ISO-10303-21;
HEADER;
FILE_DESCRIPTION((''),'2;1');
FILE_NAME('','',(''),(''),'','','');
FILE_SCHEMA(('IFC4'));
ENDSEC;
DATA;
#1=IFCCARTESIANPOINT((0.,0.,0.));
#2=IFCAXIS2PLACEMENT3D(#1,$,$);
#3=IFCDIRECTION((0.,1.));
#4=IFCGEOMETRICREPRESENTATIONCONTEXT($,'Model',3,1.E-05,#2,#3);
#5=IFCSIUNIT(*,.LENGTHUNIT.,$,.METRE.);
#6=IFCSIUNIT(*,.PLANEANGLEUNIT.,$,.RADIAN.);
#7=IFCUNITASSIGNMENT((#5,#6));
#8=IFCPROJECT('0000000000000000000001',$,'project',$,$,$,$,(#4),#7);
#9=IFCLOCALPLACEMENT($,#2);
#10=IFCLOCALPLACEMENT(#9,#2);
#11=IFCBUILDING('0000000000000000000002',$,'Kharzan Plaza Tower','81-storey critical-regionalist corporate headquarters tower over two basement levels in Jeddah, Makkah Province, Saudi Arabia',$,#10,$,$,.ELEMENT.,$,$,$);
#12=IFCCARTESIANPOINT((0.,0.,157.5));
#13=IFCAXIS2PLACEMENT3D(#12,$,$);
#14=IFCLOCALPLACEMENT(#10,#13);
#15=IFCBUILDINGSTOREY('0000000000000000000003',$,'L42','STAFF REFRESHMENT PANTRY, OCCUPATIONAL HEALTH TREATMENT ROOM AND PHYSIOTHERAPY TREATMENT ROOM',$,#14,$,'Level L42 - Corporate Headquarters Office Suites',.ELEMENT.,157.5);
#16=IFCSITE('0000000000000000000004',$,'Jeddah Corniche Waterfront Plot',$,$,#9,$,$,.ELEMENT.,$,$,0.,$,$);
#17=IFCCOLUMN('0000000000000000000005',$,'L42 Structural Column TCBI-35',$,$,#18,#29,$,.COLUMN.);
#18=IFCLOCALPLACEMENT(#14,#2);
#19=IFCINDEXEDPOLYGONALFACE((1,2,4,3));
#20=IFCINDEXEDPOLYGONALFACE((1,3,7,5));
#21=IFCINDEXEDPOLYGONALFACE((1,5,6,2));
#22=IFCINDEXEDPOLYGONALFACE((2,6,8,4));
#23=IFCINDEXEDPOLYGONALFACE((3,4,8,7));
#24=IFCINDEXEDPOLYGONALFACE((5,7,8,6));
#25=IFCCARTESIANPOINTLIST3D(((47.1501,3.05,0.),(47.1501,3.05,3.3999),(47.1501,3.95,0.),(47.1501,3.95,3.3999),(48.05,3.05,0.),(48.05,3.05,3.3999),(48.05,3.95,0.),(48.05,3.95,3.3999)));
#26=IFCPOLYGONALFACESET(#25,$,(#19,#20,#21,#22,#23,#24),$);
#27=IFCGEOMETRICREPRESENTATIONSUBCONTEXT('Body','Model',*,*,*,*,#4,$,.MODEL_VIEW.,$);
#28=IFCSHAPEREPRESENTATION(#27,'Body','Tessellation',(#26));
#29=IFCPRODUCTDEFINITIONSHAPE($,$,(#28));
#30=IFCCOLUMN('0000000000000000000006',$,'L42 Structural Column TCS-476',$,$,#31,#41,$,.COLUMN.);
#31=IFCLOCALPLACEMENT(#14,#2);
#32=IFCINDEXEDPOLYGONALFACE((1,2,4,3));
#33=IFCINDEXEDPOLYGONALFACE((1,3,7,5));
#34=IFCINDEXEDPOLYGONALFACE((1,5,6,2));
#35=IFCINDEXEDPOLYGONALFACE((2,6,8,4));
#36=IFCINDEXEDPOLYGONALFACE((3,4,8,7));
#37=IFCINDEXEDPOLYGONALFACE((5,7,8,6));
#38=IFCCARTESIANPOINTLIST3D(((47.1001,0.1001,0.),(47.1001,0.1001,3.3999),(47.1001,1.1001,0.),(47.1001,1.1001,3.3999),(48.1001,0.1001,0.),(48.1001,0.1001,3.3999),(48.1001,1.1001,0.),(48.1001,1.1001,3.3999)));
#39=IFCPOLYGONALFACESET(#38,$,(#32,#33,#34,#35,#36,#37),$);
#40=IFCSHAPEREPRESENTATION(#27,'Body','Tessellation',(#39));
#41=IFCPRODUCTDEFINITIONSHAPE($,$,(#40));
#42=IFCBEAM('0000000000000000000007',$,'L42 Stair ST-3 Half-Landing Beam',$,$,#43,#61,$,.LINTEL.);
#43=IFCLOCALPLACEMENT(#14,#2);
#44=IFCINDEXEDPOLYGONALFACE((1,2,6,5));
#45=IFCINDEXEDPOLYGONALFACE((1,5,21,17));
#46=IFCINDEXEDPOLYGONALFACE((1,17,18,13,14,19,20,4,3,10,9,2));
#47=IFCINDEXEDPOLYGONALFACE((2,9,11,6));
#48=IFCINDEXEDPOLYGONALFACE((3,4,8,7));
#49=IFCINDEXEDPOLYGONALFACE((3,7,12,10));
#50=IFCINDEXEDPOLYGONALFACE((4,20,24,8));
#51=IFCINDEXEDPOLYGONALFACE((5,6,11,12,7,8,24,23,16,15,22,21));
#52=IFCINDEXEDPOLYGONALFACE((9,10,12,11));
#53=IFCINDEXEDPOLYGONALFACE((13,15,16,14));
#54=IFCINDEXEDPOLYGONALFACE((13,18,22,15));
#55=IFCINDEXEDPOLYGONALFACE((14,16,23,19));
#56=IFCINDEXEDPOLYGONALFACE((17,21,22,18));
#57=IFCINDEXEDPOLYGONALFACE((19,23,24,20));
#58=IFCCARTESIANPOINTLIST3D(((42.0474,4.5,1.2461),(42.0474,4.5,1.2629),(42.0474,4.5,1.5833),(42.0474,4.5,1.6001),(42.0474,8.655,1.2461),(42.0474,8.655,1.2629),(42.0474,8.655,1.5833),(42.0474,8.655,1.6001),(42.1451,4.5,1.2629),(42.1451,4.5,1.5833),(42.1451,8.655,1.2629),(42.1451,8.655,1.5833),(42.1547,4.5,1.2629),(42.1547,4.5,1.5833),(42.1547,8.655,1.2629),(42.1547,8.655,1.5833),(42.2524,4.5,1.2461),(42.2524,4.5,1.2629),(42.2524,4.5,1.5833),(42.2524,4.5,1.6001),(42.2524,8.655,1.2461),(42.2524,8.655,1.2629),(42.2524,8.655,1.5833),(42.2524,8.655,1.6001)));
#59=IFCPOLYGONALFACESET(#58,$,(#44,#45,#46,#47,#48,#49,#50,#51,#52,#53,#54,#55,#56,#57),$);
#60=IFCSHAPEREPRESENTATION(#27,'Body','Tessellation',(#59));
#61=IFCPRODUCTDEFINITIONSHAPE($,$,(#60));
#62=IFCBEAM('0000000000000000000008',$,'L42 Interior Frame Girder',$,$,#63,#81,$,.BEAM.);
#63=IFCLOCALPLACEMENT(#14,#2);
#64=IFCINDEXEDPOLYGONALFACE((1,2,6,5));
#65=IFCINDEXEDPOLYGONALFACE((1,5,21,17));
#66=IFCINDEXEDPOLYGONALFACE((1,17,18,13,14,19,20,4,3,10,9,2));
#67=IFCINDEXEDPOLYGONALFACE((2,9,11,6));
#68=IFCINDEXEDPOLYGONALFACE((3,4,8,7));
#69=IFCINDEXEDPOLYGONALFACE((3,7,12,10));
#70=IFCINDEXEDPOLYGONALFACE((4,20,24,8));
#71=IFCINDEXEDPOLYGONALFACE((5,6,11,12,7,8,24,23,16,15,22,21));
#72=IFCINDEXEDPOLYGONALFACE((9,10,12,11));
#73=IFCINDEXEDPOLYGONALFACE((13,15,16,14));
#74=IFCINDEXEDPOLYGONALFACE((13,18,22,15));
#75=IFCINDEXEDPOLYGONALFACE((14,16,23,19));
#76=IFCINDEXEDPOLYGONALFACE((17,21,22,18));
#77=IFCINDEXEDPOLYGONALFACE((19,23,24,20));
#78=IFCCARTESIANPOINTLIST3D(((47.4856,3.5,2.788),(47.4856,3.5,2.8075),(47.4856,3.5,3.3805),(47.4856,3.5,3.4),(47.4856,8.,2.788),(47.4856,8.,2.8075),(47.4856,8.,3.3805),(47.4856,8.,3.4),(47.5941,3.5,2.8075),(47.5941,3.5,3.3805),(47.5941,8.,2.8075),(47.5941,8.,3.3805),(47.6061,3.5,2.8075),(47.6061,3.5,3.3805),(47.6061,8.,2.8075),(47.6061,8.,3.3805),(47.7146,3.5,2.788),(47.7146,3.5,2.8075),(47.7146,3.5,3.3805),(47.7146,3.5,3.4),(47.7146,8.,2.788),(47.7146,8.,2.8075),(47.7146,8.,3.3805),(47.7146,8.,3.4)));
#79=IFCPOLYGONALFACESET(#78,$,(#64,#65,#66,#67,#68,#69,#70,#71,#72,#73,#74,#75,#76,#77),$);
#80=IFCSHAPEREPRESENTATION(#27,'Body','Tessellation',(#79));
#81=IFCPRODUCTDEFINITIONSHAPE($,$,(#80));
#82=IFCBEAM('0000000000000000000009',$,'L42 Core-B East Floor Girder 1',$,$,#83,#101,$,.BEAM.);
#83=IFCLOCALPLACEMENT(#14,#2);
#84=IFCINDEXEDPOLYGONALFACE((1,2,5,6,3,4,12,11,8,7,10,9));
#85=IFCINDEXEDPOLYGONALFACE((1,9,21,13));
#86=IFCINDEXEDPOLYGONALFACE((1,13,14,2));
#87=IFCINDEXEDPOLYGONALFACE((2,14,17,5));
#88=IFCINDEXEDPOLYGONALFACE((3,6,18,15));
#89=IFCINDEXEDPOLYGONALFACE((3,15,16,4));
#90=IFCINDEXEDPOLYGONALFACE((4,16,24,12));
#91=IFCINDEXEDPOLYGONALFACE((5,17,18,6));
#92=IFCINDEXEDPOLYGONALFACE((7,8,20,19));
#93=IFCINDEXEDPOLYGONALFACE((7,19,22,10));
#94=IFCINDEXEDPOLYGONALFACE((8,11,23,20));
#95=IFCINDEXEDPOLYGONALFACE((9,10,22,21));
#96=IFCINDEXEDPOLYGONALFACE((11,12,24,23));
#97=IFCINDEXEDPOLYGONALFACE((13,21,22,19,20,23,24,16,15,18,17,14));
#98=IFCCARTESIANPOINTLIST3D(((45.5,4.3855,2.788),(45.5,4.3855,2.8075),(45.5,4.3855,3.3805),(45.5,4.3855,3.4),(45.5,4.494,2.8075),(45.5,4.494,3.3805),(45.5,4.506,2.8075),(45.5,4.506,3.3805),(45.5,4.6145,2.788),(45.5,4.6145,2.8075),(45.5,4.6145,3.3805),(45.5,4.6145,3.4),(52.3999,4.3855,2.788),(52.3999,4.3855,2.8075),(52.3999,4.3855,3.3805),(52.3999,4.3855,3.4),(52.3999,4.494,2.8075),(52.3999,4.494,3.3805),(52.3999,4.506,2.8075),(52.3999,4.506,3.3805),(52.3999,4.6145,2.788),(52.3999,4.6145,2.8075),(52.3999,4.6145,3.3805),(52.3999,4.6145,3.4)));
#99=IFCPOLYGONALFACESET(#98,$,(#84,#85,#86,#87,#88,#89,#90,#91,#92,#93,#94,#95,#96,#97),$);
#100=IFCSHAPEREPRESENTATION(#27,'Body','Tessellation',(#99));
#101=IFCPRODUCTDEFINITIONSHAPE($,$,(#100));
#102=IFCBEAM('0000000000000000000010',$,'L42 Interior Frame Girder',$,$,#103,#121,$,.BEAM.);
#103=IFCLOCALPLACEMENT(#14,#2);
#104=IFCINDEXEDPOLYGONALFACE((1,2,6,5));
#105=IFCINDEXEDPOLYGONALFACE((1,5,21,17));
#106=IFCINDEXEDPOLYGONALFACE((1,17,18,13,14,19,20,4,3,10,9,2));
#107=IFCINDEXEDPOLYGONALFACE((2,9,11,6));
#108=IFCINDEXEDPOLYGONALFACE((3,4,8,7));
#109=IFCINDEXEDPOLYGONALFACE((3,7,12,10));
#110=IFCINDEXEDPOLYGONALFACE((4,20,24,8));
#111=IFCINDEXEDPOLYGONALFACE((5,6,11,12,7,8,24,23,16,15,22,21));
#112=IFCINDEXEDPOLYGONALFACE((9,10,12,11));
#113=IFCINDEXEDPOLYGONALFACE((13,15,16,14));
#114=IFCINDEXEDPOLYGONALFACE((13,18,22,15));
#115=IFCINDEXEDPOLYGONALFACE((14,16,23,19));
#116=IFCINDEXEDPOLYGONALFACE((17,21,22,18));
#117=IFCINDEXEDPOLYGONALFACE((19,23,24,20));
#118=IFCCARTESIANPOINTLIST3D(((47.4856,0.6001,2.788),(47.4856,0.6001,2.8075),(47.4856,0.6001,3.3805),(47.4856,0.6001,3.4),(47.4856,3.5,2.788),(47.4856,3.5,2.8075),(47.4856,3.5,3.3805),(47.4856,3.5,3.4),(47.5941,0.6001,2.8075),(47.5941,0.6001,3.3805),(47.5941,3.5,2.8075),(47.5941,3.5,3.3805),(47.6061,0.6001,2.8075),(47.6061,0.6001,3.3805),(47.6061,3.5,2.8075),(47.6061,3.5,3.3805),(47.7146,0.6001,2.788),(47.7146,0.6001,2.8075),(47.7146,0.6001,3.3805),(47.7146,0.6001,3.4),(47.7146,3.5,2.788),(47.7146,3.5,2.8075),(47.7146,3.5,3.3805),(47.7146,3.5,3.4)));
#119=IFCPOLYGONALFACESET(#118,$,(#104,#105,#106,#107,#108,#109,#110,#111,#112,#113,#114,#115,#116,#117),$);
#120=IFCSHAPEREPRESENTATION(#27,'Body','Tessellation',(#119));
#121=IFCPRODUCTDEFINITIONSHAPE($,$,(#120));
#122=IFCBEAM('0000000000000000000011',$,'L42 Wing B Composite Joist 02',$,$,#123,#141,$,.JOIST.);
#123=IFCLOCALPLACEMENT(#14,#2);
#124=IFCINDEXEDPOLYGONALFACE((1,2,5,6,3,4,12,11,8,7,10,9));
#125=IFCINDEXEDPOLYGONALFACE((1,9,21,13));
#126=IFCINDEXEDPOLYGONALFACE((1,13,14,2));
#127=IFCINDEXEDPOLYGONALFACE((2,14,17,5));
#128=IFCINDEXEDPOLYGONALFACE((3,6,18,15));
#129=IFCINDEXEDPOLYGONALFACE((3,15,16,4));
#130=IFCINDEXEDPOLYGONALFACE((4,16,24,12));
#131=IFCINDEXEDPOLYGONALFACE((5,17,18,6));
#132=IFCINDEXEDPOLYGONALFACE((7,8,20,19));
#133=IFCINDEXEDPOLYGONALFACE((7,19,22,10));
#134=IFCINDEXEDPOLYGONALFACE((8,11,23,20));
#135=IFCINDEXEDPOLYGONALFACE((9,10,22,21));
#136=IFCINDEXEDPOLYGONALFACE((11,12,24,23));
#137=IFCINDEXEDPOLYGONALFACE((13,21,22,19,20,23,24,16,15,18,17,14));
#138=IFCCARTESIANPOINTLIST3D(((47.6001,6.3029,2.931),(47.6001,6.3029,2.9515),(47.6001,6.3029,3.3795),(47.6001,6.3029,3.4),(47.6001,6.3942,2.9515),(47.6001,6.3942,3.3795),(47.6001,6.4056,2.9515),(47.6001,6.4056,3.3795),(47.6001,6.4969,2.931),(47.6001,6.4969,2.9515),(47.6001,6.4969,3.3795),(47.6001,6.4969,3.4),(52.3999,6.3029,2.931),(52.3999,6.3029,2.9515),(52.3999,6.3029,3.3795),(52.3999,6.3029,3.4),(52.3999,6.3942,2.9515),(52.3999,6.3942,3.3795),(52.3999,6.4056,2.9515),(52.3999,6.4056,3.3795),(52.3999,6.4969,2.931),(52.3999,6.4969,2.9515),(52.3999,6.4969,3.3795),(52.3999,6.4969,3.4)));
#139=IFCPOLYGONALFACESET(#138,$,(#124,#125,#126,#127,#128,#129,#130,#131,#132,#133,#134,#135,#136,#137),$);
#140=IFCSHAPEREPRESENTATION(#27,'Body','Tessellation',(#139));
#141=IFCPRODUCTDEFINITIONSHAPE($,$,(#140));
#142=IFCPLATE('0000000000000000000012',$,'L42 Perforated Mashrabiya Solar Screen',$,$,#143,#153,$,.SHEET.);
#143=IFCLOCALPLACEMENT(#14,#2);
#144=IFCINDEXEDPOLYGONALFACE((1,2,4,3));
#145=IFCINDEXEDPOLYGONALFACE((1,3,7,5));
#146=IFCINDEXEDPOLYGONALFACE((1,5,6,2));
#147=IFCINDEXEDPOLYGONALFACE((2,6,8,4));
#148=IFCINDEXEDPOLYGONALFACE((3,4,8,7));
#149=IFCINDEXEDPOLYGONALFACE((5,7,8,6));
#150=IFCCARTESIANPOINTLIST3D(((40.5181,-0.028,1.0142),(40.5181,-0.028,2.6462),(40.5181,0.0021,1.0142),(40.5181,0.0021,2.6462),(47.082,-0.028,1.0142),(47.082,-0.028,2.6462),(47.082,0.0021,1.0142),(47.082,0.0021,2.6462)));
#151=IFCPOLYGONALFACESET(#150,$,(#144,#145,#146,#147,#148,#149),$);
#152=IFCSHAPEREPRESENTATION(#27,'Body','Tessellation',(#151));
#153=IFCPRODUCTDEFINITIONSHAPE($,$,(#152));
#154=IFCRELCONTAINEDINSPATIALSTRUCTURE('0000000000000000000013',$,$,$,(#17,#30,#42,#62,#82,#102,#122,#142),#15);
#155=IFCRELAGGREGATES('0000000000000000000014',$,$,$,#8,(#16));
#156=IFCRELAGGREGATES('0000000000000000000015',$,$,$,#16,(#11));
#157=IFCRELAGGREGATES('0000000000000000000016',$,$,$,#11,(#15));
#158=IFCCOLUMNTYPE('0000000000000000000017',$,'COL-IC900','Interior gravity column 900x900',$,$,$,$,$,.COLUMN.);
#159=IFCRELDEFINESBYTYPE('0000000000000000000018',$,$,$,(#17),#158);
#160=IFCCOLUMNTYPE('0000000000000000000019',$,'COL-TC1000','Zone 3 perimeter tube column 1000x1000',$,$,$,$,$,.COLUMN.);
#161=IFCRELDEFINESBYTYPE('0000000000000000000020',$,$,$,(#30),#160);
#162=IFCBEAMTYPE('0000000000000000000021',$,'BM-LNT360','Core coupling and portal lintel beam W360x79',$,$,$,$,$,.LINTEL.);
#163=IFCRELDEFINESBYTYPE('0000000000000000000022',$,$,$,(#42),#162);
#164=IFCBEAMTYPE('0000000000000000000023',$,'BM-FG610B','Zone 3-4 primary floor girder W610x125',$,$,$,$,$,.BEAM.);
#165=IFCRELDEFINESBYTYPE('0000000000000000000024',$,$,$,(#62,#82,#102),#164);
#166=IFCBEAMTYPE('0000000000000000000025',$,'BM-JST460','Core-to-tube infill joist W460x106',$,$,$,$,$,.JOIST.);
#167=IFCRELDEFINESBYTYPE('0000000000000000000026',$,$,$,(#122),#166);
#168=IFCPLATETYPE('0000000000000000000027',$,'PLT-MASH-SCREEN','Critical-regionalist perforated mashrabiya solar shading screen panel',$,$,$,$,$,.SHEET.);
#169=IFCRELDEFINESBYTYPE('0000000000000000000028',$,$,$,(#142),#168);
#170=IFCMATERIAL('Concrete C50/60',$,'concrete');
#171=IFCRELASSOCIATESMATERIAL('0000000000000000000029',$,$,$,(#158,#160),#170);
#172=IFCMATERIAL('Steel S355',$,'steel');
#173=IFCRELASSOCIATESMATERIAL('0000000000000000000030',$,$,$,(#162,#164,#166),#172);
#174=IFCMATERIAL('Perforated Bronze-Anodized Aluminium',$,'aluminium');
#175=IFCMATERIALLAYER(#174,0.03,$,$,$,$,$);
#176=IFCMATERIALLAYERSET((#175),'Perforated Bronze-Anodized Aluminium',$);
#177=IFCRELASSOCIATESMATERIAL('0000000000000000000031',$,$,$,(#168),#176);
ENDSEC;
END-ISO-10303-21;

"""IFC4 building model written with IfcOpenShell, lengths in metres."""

from ifc_helpers import new_model, si_unit, direction, frame, origin, origin_2d, place, context, subcontext, project, spatial, rectangle, i_section, extrude, source, transform, mapped, material, layer, layer_set, material_profile, profile_set, type_object, element, save


model = new_model("IFC4")

# Units and contexts
model_context = context("Model", 3, precision=1e-05, world=origin(), true_north=direction((0.0, 1.0)))
body_context = subcontext(model_context, "Body", "Model", "MODEL_VIEW")
ifc_project = project(units=[si_unit("LENGTHUNIT", "METRE"), si_unit("PLANEANGLEUNIT", "RADIAN")], contexts=[model_context])

# Site, building, storey
site_placement = place(None, origin())
site = spatial("IfcSite", under=ifc_project, at=site_placement, Name="Jeddah Corniche Waterfront Plot", CompositionType="ELEMENT", RefElevation=0.0)
building_placement = place(site_placement, origin())
building = spatial("IfcBuilding", under=site, at=building_placement, Name="Kharzan Plaza Tower", Description="81-storey critical-regionalist corporate headquarters tower over two basement levels in Jeddah, Makkah Province, Saudi Arabia", CompositionType="ELEMENT")
storey_placement = place(building_placement, frame((0.0, 0.0, 157.5)))
storey = spatial("IfcBuildingStorey", under=building, at=storey_placement, Name="L42", Description="STAFF REFRESHMENT PANTRY, OCCUPATIONAL HEALTH TREATMENT ROOM AND PHYSIOTHERAPY TREATMENT ROOM", LongName="Level L42 - Corporate Headquarters Office Suites", CompositionType="ELEMENT", Elevation=157.5)

# Columns
ifc_material_1 = material(Name="Concrete C50/60", Category="concrete")
ifc_material_profile_1 = material_profile(ifc_material_1, rectangle(XDim=0.8999, YDim=0.8999, at=origin_2d()), Name="RC-IC900x900")
ifc_profile_set_1 = profile_set([ifc_material_profile_1], Name="Concrete C50/60")
column_type_1 = type_object("IfcColumnType", Name="COL-IC900", Description="Interior gravity column 900x900", PredefinedType="COLUMN", material=ifc_profile_set_1)
shared_shape_1 = source(origin(), body_context, "Body", "SweptSolid", [
    extrude(rectangle(XDim=0.8999, YDim=0.8999, at=origin_2d()), origin(), (0.0, 0.0, 1.0), 3.3999),
])
column_1_placement = place(storey_placement, frame((47.6001, 3.5, 0.0), z_axis=(0.0, 0.0, 1.0), x_axis=(1.0, 0.0, 0.0)))
element("IfcColumn", 1, at=column_1_placement, inside=storey, type_object=column_type_1, Name="L42 Structural Column TCBI-35", PredefinedType="COLUMN", context=body_context, shape_type="MappedRepresentation", body=[
    mapped(shared_shape_1, transform((0.0, 0.0, 0.0), x_axis=(1.0, 0.0, 0.0), y_axis=(0.0, 1.0, 0.0), z_axis=(0.0, 0.0, 1.0))),
])
ifc_material_profile_2 = material_profile(ifc_material_1, rectangle(XDim=1.0, YDim=1.0, at=origin_2d()), Name="RC-TC1000x1000")
ifc_profile_set_2 = profile_set([ifc_material_profile_2], Name="Concrete C50/60")
column_type_2 = type_object("IfcColumnType", Name="COL-TC1000", Description="Zone 3 perimeter tube column 1000x1000", PredefinedType="COLUMN", material=ifc_profile_set_2)
shared_shape_2 = source(origin(), body_context, "Body", "SweptSolid", [
    extrude(rectangle(XDim=1.0, YDim=1.0, at=origin_2d()), origin(), (0.0, 0.0, 1.0), 3.3999),
])
column_2_placement = place(storey_placement, frame((47.6001, 0.6001, 0.0), z_axis=(0.0, 0.0, 1.0), x_axis=(1.0, 0.0, 0.0)))
element("IfcColumn", 2, at=column_2_placement, inside=storey, type_object=column_type_2, Name="L42 Structural Column TCS-476", PredefinedType="COLUMN", context=body_context, shape_type="MappedRepresentation", body=[
    mapped(shared_shape_2, transform((0.0, 0.0, 0.0), x_axis=(1.0, 0.0, 0.0), y_axis=(0.0, 1.0, 0.0), z_axis=(0.0, 0.0, 1.0))),
])

# Beams
ifc_material_2 = material(Name="Steel S355", Category="steel")
ifc_material_profile_3 = material_profile(ifc_material_2, i_section(OverallWidth=0.2051, OverallDepth=0.354, WebThickness=0.0095, FlangeThickness=0.0168, at=origin_2d()), Name="W360x79")
ifc_profile_set_3 = profile_set([ifc_material_profile_3], Name="Steel S355")
beam_type_1 = type_object("IfcBeamType", Name="BM-LNT360", Description="Core coupling and portal lintel beam W360x79", PredefinedType="LINTEL", material=ifc_profile_set_3)
shared_shape_3 = source(origin(), body_context, "Body", "SweptSolid", [
    extrude(i_section(OverallWidth=0.2051, OverallDepth=0.354, WebThickness=0.0095, FlangeThickness=0.0168, at=origin_2d()), origin(), (0.0, 0.0, 1.0), 4.155),
])
beam_1_placement = place(storey_placement, frame((42.1499, 4.5, 1.4231), z_axis=(0.0, 1.0, 0.0), x_axis=(-1.0, 0.0, 0.0)))
element("IfcBeam", 3, at=beam_1_placement, inside=storey, type_object=beam_type_1, Name="L42 Stair ST-3 Half-Landing Beam", PredefinedType="LINTEL", context=body_context, shape_type="MappedRepresentation", body=[
    mapped(shared_shape_3, transform((0.0, 0.0, 0.0), x_axis=(1.0, 0.0, 0.0), y_axis=(0.0, 1.0, 0.0), z_axis=(0.0, 0.0, 1.0))),
])
ifc_material_profile_4 = material_profile(ifc_material_2, i_section(OverallWidth=0.229, OverallDepth=0.6121, WebThickness=0.012, FlangeThickness=0.0195, at=origin_2d()), Name="W610x125")
ifc_profile_set_4 = profile_set([ifc_material_profile_4], Name="Steel S355")
beam_type_2 = type_object("IfcBeamType", Name="BM-FG610B", Description="Zone 3-4 primary floor girder W610x125", PredefinedType="BEAM", material=ifc_profile_set_4)
shared_shape_4 = source(origin(), body_context, "Body", "SweptSolid", [
    extrude(i_section(OverallWidth=0.229, OverallDepth=0.6121, WebThickness=0.012, FlangeThickness=0.0195, at=origin_2d()), origin(), (0.0, 0.0, 1.0), 4.5),
])
beam_2_placement = place(storey_placement, frame((47.6001, 3.5, 3.094), z_axis=(0.0, 1.0, 0.0), x_axis=(-1.0, 0.0, 0.0)))
element("IfcBeam", 4, at=beam_2_placement, inside=storey, type_object=beam_type_2, Name="L42 Interior Frame Girder", PredefinedType="BEAM", context=body_context, shape_type="MappedRepresentation", body=[
    mapped(shared_shape_4, transform((0.0, 0.0, 0.0), x_axis=(1.0, 0.0, 0.0), y_axis=(0.0, 1.0, 0.0), z_axis=(0.0, 0.0, 1.0))),
])
shared_shape_5 = source(origin(), body_context, "Body", "SweptSolid", [
    extrude(i_section(OverallWidth=0.229, OverallDepth=0.6121, WebThickness=0.012, FlangeThickness=0.0195, at=origin_2d()), origin(), (0.0, 0.0, 1.0), 6.8999),
])
beam_3_placement = place(storey_placement, frame((45.5, 4.5, 3.094), z_axis=(1.0, 0.0, 0.0), x_axis=(0.0, 1.0, 0.0)))
element("IfcBeam", 5, at=beam_3_placement, inside=storey, type_object=beam_type_2, Name="L42 Core-B East Floor Girder 1", PredefinedType="BEAM", context=body_context, shape_type="MappedRepresentation", body=[
    mapped(shared_shape_5, transform((0.0, 0.0, 0.0), x_axis=(1.0, 0.0, 0.0), y_axis=(0.0, 1.0, 0.0), z_axis=(0.0, 0.0, 1.0))),
])
shared_shape_6 = source(origin(), body_context, "Body", "SweptSolid", [
    extrude(i_section(OverallWidth=0.229, OverallDepth=0.6121, WebThickness=0.012, FlangeThickness=0.0195, at=origin_2d()), origin(), (0.0, 0.0, 1.0), 2.8999),
])
beam_4_placement = place(storey_placement, frame((47.6001, 0.6001, 3.094), z_axis=(0.0, 1.0, 0.0), x_axis=(-1.0, 0.0, 0.0)))
element("IfcBeam", 6, at=beam_4_placement, inside=storey, type_object=beam_type_2, Name="L42 Interior Frame Girder", PredefinedType="BEAM", context=body_context, shape_type="MappedRepresentation", body=[
    mapped(shared_shape_6, transform((0.0, 0.0, 0.0), x_axis=(1.0, 0.0, 0.0), y_axis=(0.0, 1.0, 0.0), z_axis=(0.0, 0.0, 1.0))),
])
ifc_material_profile_5 = material_profile(ifc_material_2, i_section(OverallWidth=0.1941, OverallDepth=0.469, WebThickness=0.0115, FlangeThickness=0.0205, at=origin_2d()), Name="W460x106")
ifc_profile_set_5 = profile_set([ifc_material_profile_5], Name="Steel S355")
beam_type_3 = type_object("IfcBeamType", Name="BM-JST460", Description="Core-to-tube infill joist W460x106", PredefinedType="JOIST", material=ifc_profile_set_5)
shared_shape_7 = source(origin(), body_context, "Body", "SweptSolid", [
    extrude(i_section(OverallWidth=0.1941, OverallDepth=0.469, WebThickness=0.0115, FlangeThickness=0.0205, at=origin_2d()), origin(), (0.0, 0.0, 1.0), 4.7998),
])
beam_5_placement = place(storey_placement, frame((47.6001, 6.3999, 3.1655), z_axis=(1.0, 0.0, 0.0), x_axis=(0.0, 1.0, 0.0)))
element("IfcBeam", 7, at=beam_5_placement, inside=storey, type_object=beam_type_3, Name="L42 Wing B Composite Joist 02", PredefinedType="JOIST", context=body_context, shape_type="MappedRepresentation", body=[
    mapped(shared_shape_7, transform((0.0, 0.0, 0.0), x_axis=(1.0, 0.0, 0.0), y_axis=(0.0, 1.0, 0.0), z_axis=(0.0, 0.0, 1.0))),
])

# Plate
ifc_material_3 = material(Name="Perforated Bronze-Anodized Aluminium", Category="aluminium")
ifc_layer_1 = layer(ifc_material_3, 0.03)
ifc_layer_set_1 = layer_set([ifc_layer_1], Name="Perforated Bronze-Anodized Aluminium")
plate_type = type_object("IfcPlateType", Name="PLT-MASH-SCREEN", Description="Critical-regionalist perforated mashrabiya solar shading screen panel", PredefinedType="SHEET", material=ifc_layer_set_1)
shared_shape_8 = source(origin(), body_context, "Body", "SweptSolid", [
    extrude(rectangle(XDim=6.564, YDim=0.03, at=origin_2d()), origin(), (0.0, 0.0, 1.0), 1.6321),
])
plate_placement = place(storey_placement, frame((43.8, -0.0129, 1.0142), z_axis=(0.0, 0.0, 1.0), x_axis=(1.0, 0.0, 0.0)))
element("IfcPlate", 8, at=plate_placement, inside=storey, type_object=plate_type, Name="L42 Perforated Mashrabiya Solar Screen", PredefinedType="SHEET", context=body_context, shape_type="MappedRepresentation", body=[
    mapped(shared_shape_8, transform((0.0, 0.0, 0.0), x_axis=(1.0, 0.0, 0.0), y_axis=(0.0, 1.0, 0.0), z_axis=(0.0, 0.0, 1.0))),
])

save(model, "model.ifc")
